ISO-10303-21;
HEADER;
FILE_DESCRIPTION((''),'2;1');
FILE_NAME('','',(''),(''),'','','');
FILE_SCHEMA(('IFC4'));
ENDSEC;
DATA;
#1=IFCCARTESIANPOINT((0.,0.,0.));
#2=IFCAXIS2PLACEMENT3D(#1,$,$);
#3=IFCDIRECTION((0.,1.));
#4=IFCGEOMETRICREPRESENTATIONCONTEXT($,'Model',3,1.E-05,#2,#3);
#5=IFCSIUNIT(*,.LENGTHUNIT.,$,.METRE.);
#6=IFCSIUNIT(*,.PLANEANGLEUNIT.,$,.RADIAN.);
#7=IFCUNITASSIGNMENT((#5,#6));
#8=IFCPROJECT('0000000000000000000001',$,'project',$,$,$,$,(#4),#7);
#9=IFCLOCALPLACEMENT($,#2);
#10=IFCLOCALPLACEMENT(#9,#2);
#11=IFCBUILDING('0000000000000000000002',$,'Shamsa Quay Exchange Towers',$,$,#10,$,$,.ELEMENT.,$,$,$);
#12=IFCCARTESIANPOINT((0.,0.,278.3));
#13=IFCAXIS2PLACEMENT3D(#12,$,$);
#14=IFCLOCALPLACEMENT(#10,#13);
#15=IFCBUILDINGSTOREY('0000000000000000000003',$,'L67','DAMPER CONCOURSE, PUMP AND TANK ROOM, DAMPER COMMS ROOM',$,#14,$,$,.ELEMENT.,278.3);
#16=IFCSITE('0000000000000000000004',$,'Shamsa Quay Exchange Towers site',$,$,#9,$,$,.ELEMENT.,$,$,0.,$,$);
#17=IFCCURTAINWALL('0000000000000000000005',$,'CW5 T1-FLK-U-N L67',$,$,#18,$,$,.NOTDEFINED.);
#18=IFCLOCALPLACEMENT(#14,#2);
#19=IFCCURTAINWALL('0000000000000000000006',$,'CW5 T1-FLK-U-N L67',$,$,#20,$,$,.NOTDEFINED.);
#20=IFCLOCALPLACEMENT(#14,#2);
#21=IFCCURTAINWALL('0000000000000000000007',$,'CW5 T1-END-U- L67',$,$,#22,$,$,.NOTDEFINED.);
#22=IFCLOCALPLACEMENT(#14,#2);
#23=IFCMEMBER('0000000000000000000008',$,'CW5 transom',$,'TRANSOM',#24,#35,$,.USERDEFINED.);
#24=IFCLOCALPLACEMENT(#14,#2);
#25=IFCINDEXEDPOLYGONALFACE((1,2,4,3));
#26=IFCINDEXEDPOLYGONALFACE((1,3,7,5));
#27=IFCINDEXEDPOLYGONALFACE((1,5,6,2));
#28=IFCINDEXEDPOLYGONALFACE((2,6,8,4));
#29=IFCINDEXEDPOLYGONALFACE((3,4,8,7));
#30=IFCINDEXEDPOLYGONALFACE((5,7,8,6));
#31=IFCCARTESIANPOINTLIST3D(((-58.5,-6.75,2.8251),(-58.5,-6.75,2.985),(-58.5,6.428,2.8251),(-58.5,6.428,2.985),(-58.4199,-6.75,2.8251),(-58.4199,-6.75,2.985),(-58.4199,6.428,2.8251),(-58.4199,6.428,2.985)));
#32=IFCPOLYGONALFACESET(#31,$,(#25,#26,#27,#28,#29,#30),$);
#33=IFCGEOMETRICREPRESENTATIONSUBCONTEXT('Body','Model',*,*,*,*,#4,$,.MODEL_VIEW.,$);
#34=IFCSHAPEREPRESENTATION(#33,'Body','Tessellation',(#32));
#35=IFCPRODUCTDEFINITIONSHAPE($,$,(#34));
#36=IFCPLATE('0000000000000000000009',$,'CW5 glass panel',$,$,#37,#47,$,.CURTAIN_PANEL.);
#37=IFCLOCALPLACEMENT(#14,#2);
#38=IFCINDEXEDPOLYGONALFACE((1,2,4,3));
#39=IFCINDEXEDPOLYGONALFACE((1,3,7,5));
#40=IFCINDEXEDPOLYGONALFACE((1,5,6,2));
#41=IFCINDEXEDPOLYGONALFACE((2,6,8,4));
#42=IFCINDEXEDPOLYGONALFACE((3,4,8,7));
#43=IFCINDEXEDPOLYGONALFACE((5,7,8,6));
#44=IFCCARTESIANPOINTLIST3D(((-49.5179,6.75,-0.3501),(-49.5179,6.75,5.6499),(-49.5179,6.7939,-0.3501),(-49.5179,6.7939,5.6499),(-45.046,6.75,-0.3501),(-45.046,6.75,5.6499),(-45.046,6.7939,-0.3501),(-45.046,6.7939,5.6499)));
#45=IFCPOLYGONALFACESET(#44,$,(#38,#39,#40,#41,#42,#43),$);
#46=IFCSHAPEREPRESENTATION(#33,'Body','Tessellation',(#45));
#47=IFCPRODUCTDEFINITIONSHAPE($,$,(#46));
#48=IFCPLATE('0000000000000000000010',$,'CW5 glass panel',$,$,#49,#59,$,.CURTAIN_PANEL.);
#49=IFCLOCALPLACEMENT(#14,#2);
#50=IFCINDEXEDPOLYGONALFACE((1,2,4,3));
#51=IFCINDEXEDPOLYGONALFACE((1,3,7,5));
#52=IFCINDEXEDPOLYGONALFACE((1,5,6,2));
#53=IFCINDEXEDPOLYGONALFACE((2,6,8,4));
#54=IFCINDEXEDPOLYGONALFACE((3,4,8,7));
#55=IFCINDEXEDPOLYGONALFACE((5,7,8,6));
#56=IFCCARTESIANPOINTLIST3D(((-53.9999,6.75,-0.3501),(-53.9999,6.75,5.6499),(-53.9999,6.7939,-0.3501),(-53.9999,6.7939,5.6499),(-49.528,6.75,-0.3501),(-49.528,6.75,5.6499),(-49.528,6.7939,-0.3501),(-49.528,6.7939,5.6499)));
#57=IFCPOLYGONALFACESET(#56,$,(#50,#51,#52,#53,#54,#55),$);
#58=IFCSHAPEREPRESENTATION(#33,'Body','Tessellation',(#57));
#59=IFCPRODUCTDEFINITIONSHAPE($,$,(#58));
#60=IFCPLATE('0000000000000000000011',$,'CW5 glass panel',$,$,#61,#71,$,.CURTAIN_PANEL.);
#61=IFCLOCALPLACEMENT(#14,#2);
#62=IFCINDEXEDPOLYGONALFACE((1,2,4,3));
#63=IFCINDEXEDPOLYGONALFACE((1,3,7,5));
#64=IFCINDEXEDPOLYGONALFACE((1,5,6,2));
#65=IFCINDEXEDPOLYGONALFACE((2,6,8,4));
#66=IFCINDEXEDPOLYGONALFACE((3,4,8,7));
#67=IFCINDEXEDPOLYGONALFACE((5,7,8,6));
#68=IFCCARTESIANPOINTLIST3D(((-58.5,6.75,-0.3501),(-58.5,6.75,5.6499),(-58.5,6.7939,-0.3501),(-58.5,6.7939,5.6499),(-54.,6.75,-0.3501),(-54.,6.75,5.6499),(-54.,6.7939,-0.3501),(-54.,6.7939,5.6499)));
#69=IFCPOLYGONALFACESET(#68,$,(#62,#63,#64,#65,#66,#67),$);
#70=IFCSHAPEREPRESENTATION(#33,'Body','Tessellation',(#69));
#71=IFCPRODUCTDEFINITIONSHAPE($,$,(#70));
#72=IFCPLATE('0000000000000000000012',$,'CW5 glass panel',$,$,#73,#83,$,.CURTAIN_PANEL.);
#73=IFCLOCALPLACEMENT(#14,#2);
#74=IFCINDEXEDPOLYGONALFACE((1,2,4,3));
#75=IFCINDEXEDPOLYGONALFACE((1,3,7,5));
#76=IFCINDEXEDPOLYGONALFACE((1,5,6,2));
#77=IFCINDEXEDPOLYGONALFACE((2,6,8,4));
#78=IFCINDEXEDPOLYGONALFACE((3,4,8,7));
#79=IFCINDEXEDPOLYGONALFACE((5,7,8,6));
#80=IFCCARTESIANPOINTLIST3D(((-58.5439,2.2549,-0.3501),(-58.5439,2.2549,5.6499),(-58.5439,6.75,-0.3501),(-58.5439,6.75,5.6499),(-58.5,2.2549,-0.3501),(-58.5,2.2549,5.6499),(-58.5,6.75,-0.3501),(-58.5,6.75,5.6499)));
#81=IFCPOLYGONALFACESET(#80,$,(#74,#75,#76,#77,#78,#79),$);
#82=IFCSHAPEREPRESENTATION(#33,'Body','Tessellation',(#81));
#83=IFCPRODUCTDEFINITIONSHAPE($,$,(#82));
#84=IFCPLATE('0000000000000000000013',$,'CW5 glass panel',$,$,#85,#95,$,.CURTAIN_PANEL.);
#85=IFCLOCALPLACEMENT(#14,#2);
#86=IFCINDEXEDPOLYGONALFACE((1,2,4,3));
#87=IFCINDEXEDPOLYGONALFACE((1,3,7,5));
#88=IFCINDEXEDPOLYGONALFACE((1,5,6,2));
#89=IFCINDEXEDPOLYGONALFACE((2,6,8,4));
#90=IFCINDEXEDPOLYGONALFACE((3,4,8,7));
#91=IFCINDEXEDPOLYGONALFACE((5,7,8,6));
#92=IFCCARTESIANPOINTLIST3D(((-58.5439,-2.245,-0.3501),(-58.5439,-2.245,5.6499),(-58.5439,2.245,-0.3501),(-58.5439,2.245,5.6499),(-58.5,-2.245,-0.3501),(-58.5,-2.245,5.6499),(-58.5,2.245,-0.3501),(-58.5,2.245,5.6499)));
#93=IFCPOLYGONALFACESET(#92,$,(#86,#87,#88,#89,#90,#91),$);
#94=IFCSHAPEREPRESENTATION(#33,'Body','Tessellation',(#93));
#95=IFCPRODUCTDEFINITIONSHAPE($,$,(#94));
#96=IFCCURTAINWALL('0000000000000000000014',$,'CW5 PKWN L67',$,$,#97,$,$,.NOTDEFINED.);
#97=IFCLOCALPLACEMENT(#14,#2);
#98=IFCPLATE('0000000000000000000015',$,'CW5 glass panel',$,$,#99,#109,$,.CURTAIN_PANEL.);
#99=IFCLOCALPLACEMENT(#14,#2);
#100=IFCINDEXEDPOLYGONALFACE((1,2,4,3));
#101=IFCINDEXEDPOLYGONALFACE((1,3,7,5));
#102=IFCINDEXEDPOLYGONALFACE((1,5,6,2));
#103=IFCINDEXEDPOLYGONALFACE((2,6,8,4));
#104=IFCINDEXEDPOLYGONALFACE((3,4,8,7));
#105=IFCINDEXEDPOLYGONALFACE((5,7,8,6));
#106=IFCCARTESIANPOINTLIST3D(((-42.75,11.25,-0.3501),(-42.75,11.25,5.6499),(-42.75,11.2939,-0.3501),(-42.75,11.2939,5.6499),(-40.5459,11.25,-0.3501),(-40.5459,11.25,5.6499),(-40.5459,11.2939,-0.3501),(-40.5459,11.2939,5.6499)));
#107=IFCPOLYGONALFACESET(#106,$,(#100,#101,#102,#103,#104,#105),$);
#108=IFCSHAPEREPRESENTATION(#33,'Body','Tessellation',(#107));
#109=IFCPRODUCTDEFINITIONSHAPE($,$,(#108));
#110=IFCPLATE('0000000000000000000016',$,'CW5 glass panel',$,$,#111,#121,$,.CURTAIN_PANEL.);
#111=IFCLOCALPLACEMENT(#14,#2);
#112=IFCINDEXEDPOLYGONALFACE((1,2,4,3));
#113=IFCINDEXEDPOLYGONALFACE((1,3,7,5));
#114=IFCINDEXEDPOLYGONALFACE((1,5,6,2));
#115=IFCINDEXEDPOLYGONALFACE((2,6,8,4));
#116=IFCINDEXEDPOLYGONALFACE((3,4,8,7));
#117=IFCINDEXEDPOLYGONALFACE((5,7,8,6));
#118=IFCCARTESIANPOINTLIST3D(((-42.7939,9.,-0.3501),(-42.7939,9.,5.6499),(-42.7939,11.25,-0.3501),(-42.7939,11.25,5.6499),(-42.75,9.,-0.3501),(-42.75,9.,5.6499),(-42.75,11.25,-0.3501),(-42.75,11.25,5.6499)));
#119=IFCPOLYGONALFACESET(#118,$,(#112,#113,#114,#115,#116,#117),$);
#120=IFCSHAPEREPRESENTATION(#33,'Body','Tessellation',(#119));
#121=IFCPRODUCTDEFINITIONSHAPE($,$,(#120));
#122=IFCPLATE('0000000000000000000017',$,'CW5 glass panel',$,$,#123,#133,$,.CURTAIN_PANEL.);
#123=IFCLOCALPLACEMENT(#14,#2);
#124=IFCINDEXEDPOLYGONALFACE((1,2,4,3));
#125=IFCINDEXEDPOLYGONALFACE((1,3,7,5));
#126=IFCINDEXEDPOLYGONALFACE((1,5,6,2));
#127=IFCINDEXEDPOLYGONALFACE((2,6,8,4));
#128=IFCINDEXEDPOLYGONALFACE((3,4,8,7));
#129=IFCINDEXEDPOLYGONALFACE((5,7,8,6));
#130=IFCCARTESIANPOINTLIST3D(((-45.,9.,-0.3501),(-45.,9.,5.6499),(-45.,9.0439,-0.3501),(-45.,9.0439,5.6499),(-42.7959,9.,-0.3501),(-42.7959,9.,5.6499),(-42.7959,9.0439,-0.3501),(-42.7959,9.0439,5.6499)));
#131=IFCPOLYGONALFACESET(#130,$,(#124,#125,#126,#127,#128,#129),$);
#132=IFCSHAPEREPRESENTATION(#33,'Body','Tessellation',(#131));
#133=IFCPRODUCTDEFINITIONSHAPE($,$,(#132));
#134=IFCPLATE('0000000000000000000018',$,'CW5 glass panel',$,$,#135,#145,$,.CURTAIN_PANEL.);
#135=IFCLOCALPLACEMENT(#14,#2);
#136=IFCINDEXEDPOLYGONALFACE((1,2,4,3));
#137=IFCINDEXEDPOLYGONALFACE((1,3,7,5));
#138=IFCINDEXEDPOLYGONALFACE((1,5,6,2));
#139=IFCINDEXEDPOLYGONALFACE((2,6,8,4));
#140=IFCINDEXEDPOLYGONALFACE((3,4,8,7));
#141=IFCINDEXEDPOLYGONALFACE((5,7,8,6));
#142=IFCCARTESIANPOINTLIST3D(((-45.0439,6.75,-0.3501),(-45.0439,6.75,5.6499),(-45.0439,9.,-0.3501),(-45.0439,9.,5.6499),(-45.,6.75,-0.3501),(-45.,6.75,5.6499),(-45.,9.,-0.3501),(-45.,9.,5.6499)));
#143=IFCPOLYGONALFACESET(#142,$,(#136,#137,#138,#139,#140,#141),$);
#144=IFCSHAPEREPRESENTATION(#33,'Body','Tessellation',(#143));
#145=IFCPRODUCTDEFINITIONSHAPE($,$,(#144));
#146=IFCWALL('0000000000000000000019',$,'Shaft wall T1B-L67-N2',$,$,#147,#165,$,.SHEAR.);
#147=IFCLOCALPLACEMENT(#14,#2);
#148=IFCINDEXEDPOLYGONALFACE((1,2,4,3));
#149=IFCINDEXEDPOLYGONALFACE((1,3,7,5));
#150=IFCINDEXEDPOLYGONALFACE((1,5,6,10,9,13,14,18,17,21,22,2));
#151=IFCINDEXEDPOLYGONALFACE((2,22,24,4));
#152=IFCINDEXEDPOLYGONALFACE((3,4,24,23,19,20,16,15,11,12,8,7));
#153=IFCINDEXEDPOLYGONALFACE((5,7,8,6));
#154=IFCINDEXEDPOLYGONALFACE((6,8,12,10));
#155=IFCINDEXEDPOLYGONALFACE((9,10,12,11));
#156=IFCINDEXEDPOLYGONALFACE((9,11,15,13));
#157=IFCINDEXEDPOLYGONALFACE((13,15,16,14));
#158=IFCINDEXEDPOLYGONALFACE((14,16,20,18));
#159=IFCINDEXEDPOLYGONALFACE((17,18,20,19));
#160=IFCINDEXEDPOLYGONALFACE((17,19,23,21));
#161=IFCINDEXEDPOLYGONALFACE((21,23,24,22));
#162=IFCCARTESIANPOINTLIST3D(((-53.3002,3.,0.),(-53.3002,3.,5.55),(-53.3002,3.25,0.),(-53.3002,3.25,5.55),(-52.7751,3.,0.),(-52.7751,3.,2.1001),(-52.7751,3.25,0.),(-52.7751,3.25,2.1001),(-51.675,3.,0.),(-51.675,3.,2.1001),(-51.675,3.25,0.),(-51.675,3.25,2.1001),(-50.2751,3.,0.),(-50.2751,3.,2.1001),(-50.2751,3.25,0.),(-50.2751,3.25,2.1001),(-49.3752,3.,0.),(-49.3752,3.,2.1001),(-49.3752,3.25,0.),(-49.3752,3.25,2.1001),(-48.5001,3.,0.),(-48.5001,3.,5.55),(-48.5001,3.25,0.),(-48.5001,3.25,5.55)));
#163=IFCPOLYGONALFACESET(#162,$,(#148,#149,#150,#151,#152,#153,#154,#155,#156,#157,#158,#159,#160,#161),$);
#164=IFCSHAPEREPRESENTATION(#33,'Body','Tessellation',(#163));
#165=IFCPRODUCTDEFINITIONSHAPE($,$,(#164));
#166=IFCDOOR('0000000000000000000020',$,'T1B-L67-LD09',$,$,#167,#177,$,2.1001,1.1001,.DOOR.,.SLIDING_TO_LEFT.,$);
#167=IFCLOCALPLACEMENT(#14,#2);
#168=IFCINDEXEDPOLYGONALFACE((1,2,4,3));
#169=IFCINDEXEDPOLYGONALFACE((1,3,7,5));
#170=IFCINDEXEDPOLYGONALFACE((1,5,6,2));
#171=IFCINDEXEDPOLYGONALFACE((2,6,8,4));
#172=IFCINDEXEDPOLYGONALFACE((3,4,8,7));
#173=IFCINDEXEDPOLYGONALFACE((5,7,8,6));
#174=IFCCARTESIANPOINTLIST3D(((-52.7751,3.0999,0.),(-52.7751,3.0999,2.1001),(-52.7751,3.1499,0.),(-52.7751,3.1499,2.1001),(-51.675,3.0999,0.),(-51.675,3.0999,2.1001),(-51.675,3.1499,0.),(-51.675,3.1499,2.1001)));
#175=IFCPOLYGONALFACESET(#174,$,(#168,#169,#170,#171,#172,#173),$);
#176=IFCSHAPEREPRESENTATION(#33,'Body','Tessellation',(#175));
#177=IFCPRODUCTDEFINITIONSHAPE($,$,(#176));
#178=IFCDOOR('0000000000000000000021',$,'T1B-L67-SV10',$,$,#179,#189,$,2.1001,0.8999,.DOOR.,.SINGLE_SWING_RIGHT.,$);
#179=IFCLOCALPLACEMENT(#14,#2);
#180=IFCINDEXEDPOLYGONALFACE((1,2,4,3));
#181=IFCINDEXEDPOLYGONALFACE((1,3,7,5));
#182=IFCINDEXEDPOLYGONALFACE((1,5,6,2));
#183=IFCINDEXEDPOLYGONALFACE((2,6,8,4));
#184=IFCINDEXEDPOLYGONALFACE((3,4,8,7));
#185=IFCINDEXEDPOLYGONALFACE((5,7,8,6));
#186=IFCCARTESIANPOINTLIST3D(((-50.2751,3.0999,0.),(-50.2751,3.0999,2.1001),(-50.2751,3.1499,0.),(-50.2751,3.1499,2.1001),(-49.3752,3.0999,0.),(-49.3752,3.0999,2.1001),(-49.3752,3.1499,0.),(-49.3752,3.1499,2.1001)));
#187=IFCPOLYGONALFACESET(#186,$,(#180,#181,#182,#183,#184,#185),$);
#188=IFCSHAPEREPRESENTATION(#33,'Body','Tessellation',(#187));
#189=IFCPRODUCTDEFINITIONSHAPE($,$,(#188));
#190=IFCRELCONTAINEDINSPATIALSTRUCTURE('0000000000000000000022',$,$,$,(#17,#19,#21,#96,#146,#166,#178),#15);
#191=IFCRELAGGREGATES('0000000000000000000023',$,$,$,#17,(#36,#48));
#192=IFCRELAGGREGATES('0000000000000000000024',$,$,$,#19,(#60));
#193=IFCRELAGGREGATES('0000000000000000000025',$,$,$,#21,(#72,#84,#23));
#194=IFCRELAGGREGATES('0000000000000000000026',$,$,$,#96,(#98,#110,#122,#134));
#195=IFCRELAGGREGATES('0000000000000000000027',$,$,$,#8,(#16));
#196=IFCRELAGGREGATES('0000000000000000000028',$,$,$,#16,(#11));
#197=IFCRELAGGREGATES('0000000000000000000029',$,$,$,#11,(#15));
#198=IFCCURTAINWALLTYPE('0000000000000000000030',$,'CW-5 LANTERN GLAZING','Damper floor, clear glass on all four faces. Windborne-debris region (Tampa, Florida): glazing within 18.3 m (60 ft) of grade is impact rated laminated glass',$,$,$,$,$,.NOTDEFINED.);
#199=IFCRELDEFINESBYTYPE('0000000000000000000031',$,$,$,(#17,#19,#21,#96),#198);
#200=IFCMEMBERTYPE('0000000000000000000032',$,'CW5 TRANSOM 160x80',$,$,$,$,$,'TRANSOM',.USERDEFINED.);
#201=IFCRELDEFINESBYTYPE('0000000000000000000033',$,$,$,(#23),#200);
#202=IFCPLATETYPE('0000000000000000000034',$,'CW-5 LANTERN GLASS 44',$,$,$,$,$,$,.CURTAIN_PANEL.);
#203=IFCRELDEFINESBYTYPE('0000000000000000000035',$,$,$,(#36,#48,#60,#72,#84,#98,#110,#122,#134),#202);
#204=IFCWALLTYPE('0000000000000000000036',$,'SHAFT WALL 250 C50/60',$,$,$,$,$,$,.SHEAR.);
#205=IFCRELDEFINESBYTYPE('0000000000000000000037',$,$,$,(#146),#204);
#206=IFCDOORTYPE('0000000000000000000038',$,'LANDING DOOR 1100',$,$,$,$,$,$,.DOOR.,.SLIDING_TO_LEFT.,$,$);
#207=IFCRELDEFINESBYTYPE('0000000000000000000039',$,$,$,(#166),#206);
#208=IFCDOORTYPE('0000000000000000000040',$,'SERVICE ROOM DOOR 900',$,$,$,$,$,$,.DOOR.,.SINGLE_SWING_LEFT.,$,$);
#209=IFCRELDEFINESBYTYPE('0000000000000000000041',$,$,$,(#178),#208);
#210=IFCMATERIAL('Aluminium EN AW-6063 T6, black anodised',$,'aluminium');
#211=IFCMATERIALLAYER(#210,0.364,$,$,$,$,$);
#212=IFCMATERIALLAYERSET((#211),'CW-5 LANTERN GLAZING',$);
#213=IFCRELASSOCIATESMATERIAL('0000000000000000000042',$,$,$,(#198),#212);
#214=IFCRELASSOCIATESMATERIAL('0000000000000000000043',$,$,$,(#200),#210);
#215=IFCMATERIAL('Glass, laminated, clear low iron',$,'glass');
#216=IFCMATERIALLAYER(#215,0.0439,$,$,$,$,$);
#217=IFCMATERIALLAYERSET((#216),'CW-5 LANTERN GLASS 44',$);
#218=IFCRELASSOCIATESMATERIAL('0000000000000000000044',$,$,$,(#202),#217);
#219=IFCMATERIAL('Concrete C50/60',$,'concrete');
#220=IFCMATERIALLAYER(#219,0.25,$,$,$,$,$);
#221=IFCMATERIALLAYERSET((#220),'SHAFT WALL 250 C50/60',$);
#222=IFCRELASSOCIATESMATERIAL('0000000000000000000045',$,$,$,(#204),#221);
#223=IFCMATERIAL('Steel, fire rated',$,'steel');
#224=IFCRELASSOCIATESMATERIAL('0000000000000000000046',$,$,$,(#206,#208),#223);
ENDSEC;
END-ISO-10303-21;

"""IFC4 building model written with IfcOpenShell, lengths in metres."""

from ifc_helpers import new_model, si_unit, direction, frame, frame_2d, origin, origin_2d, place, context, subcontext, project, spatial, rectangle, extrude, material, layer, layer_set, material_profile, profile_set, type_object, element, fill, aggregate, save


model = new_model("IFC4")

# Units and contexts
model_context = context("Model", 3, precision=1e-05, world=origin(), true_north=direction((0.0, 1.0)))
body_context = subcontext(model_context, "Body", "Model", "MODEL_VIEW")
ifc_project = project(units=[si_unit("LENGTHUNIT", "METRE"), si_unit("PLANEANGLEUNIT", "RADIAN")], contexts=[model_context])

# Site, building, storey
site_placement = place(None, origin())
site = spatial("IfcSite", under=ifc_project, at=site_placement, Name="Shamsa Quay Exchange Towers site", CompositionType="ELEMENT", RefElevation=0.0)
building_placement = place(site_placement, origin())
building = spatial("IfcBuilding", under=site, at=building_placement, Name="Shamsa Quay Exchange Towers", CompositionType="ELEMENT")
storey_placement = place(building_placement, frame((0.0, 0.0, 278.3)))
storey = spatial("IfcBuildingStorey", under=building, at=storey_placement, Name="L67", Description="DAMPER CONCOURSE, PUMP AND TANK ROOM, DAMPER COMMS ROOM", CompositionType="ELEMENT", Elevation=278.3)

# Curtain walls
ifc_material_1 = material(Name="Aluminium EN AW-6063 T6, black anodised", Category="aluminium")
ifc_layer_1 = layer(ifc_material_1, 0.364)
ifc_layer_set_1 = layer_set([ifc_layer_1], Name="CW-5 LANTERN GLAZING")
curtain_wall_type = type_object("IfcCurtainWallType", Name="CW-5 LANTERN GLAZING", Description="Damper floor, clear glass on all four faces. Windborne-debris region (Tampa, Florida): glazing within 18.3 m (60 ft) of grade is impact rated laminated glass", PredefinedType="NOTDEFINED", material=ifc_layer_set_1)
curtain_wall_1_placement = place(storey_placement, origin())
curtain_wall_1 = element("IfcCurtainWall", 1, at=curtain_wall_1_placement, inside=storey, type_object=curtain_wall_type, Name="CW5 T1-FLK-U-N L67", PredefinedType="NOTDEFINED")
curtain_wall_2_placement = place(storey_placement, origin())
curtain_wall_2 = element("IfcCurtainWall", 2, at=curtain_wall_2_placement, inside=storey, type_object=curtain_wall_type, Name="CW5 T1-FLK-U-N L67", PredefinedType="NOTDEFINED")
curtain_wall_3_placement = place(storey_placement, origin())
curtain_wall_3 = element("IfcCurtainWall", 3, at=curtain_wall_3_placement, inside=storey, type_object=curtain_wall_type, Name="CW5 T1-END-U- L67", PredefinedType="NOTDEFINED")

# Member
ifc_material_profile_1 = material_profile(ifc_material_1, rectangle(XDim=0.0801, YDim=0.1599, at=origin_2d()), Name="TR160x80")
ifc_profile_set_1 = profile_set([ifc_material_profile_1], Name="Aluminium EN AW-6063 T6, black anodised")
member_type_1 = type_object("IfcMemberType", Name="CW5 TRANSOM 160x80", ElementType="TRANSOM", PredefinedType="USERDEFINED", material=ifc_profile_set_1)
member_1_placement = place(storey_placement, frame((-58.46, 6.428, 2.905), z_axis=(0.0, -1.0, 0.0), x_axis=(1.0, 0.0, 0.0)))
member_1 = element("IfcMember", 4, at=member_1_placement, type_object=member_type_1, Name="CW5 transom", ObjectType="TRANSOM", PredefinedType="USERDEFINED", context=body_context, shape_type="SweptSolid", body=[
    extrude(rectangle(XDim=0.0801, YDim=0.1599, at=origin_2d()), origin(), (0.0, 0.0, 1.0), 13.178),
])

# Plates
ifc_material_2 = material(Name="Glass, laminated, clear low iron", Category="glass")
ifc_layer_2 = layer(ifc_material_2, 0.0439)
ifc_layer_set_2 = layer_set([ifc_layer_2], Name="CW-5 LANTERN GLASS 44")
plate_type = type_object("IfcPlateType", Name="CW-5 LANTERN GLASS 44", PredefinedType="CURTAIN_PANEL", material=ifc_layer_set_2)
plate_1_placement = place(storey_placement, frame((-47.282, 6.772, -0.3501), z_axis=(0.0, 0.0, 1.0), x_axis=(-1.0, 0.0, 0.0)))
plate_1 = element("IfcPlate", 5, at=plate_1_placement, type_object=plate_type, Name="CW5 glass panel", PredefinedType="CURTAIN_PANEL", context=body_context, shape_type="SweptSolid", body=[
    extrude(rectangle(XDim=4.4719, YDim=0.0439, at=origin_2d()), origin(), (0.0, 0.0, 1.0), 6.0),
])
plate_2_placement = place(storey_placement, frame((-51.7639, 6.772, -0.3501), z_axis=(0.0, 0.0, 1.0), x_axis=(-1.0, 0.0, 0.0)))
plate_2 = element("IfcPlate", 6, at=plate_2_placement, type_object=plate_type, Name="CW5 glass panel", PredefinedType="CURTAIN_PANEL", context=body_context, shape_type="SweptSolid", body=[
    extrude(rectangle(XDim=4.4719, YDim=0.0439, at=origin_2d()), origin(), (0.0, 0.0, 1.0), 6.0),
])
aggregate(curtain_wall_1, [plate_1, plate_2])
plate_3_placement = place(storey_placement, frame((-56.25, 6.772, -0.3501), z_axis=(0.0, 0.0, 1.0), x_axis=(-1.0, 0.0, 0.0)))
plate_3 = element("IfcPlate", 7, at=plate_3_placement, type_object=plate_type, Name="CW5 glass panel", PredefinedType="CURTAIN_PANEL", context=body_context, shape_type="SweptSolid", body=[
    extrude(rectangle(XDim=4.5, YDim=0.0439, at=origin_2d()), origin(), (0.0, 0.0, 1.0), 6.0),
])
aggregate(curtain_wall_2, [plate_3])
plate_4_placement = place(storey_placement, frame((-58.522, 4.5024, -0.3501), z_axis=(0.0, 0.0, 1.0), x_axis=(0.0, -1.0, 0.0)))
plate_4 = element("IfcPlate", 8, at=plate_4_placement, type_object=plate_type, Name="CW5 glass panel", PredefinedType="CURTAIN_PANEL", context=body_context, shape_type="SweptSolid", body=[
    extrude(rectangle(XDim=4.4951, YDim=0.0439, at=origin_2d()), origin(), (0.0, 0.0, 1.0), 6.0),
])
plate_5_placement = place(storey_placement, frame((-58.522, 0.0, -0.3501), z_axis=(0.0, 0.0, 1.0), x_axis=(0.0, -1.0, 0.0)))
plate_5 = element("IfcPlate", 9, at=plate_5_placement, type_object=plate_type, Name="CW5 glass panel", PredefinedType="CURTAIN_PANEL", context=body_context, shape_type="SweptSolid", body=[
    extrude(rectangle(XDim=4.49, YDim=0.0439, at=origin_2d()), origin(), (0.0, 0.0, 1.0), 6.0),
])
aggregate(curtain_wall_3, [plate_4, plate_5, member_1])

# Curtain wall, plates
curtain_wall_4_placement = place(storey_placement, origin())
curtain_wall_4 = element("IfcCurtainWall", 10, at=curtain_wall_4_placement, inside=storey, type_object=curtain_wall_type, Name="CW5 PKWN L67", PredefinedType="NOTDEFINED")
plate_6_placement = place(storey_placement, frame((-41.6479, 11.272, -0.3501), z_axis=(0.0, 0.0, 1.0), x_axis=(-1.0, 0.0, 0.0)))
plate_6 = element("IfcPlate", 11, at=plate_6_placement, type_object=plate_type, Name="CW5 glass panel", PredefinedType="CURTAIN_PANEL", context=body_context, shape_type="SweptSolid", body=[
    extrude(rectangle(XDim=2.2041, YDim=0.0439, at=origin_2d()), origin(), (0.0, 0.0, 1.0), 6.0),
])
plate_7_placement = place(storey_placement, frame((-42.772, 10.125, -0.3501), z_axis=(0.0, 0.0, 1.0), x_axis=(0.0, -1.0, 0.0)))
plate_7 = element("IfcPlate", 12, at=plate_7_placement, type_object=plate_type, Name="CW5 glass panel", PredefinedType="CURTAIN_PANEL", context=body_context, shape_type="SweptSolid", body=[
    extrude(rectangle(XDim=2.25, YDim=0.0439, at=origin_2d()), origin(), (0.0, 0.0, 1.0), 6.0),
])
plate_8_placement = place(storey_placement, frame((-43.8979, 9.022, -0.3501), z_axis=(0.0, 0.0, 1.0), x_axis=(-1.0, 0.0, 0.0)))
plate_8 = element("IfcPlate", 13, at=plate_8_placement, type_object=plate_type, Name="CW5 glass panel", PredefinedType="CURTAIN_PANEL", context=body_context, shape_type="SweptSolid", body=[
    extrude(rectangle(XDim=2.2041, YDim=0.0439, at=origin_2d()), origin(), (0.0, 0.0, 1.0), 6.0),
])
plate_9_placement = place(storey_placement, frame((-45.022, 7.875, -0.3501), z_axis=(0.0, 0.0, 1.0), x_axis=(0.0, -1.0, 0.0)))
plate_9 = element("IfcPlate", 14, at=plate_9_placement, type_object=plate_type, Name="CW5 glass panel", PredefinedType="CURTAIN_PANEL", context=body_context, shape_type="SweptSolid", body=[
    extrude(rectangle(XDim=2.25, YDim=0.0439, at=origin_2d()), origin(), (0.0, 0.0, 1.0), 6.0),
])
aggregate(curtain_wall_4, [plate_6, plate_7, plate_8, plate_9])

# Wall, openings, doors
ifc_material_3 = material(Name="Concrete C50/60", Category="concrete")
ifc_layer_3 = layer(ifc_material_3, 0.25)
ifc_layer_set_3 = layer_set([ifc_layer_3], Name="SHAFT WALL 250 C50/60")
wall_type_1 = type_object("IfcWallType", Name="SHAFT WALL 250 C50/60", PredefinedType="SHEAR", material=ifc_layer_set_3)
wall_1_placement = place(storey_placement, frame((-53.3, 3.125, 0.0)))
wall_1 = element("IfcWall", 15, at=wall_1_placement, inside=storey, type_object=wall_type_1, Name="Shaft wall T1B-L67-N2", PredefinedType="SHEAR", context=body_context, shape_type="SweptSolid", body=[
    extrude(rectangle(XDim=4.8, YDim=0.25, at=frame_2d((2.3999, 0.0))), origin(), (0.0, 0.0, 1.0), 5.55),
])
opening_1_placement = place(wall_1_placement, frame((0.5249, 0.0, 0.0)))
opening_1 = element("IfcOpeningElement", 16, at=opening_1_placement, cuts=wall_1, PredefinedType="OPENING", context=body_context, shape_type="SweptSolid", body=[
    extrude(rectangle(XDim=1.1001, YDim=2.1001, at=frame_2d((0.55, 1.05))), frame((0.0, 0.135, 0.0), z_axis=(0.0, -1.0, 0.0), x_axis=(1.0, 0.0, 0.0)), (0.0, 0.0, 1.0), 0.27),
])
opening_2_placement = place(wall_1_placement, frame((3.0249, 0.0, 0.0)))
opening_2 = element("IfcOpeningElement", 17, at=opening_2_placement, cuts=wall_1, PredefinedType="OPENING", context=body_context, shape_type="SweptSolid", body=[
    extrude(rectangle(XDim=0.8999, YDim=2.1001, at=frame_2d((0.45, 1.05))), frame((0.0, 0.135, 0.0), z_axis=(0.0, -1.0, 0.0), x_axis=(1.0, 0.0, 0.0)), (0.0, 0.0, 1.0), 0.27),
])
ifc_material_4 = material(Name="Steel, fire rated", Category="steel")
door_type_1 = type_object("IfcDoorType", Name="LANDING DOOR 1100", OperationType="SLIDING_TO_LEFT", PredefinedType="DOOR", material=ifc_material_4)
door_1_placement = place(opening_1_placement, origin())
door_1 = element("IfcDoor", 18, at=door_1_placement, inside=storey, type_object=door_type_1, Name="T1B-L67-LD09", OperationType="SLIDING_TO_LEFT", OverallHeight=2.1001, OverallWidth=1.1001, PredefinedType="DOOR", context=body_context, shape_type="SweptSolid", body=[
    extrude(rectangle(XDim=1.1001, YDim=2.1001, at=frame_2d((0.55, 1.05))), frame((0.0, 0.0249, 0.0), z_axis=(0.0, -1.0, 0.0), x_axis=(1.0, 0.0, 0.0)), (0.0, 0.0, 1.0), 0.05),
])
fill(opening_1, door_1)
door_type_2 = type_object("IfcDoorType", Name="SERVICE ROOM DOOR 900", OperationType="SINGLE_SWING_LEFT", PredefinedType="DOOR", material=ifc_material_4)
door_2_placement = place(opening_2_placement, origin())
door_2 = element("IfcDoor", 19, at=door_2_placement, inside=storey, type_object=door_type_2, Name="T1B-L67-SV10", OperationType="SINGLE_SWING_RIGHT", OverallHeight=2.1001, OverallWidth=0.8999, PredefinedType="DOOR", context=body_context, shape_type="SweptSolid", body=[
    extrude(rectangle(XDim=0.8999, YDim=2.1001, at=frame_2d((0.45, 1.05))), frame((0.0, 0.0249, 0.0), z_axis=(0.0, -1.0, 0.0), x_axis=(1.0, 0.0, 0.0)), (0.0, 0.0, 1.0), 0.05),
])
fill(opening_2, door_2)

save(model, "model.ifc")
